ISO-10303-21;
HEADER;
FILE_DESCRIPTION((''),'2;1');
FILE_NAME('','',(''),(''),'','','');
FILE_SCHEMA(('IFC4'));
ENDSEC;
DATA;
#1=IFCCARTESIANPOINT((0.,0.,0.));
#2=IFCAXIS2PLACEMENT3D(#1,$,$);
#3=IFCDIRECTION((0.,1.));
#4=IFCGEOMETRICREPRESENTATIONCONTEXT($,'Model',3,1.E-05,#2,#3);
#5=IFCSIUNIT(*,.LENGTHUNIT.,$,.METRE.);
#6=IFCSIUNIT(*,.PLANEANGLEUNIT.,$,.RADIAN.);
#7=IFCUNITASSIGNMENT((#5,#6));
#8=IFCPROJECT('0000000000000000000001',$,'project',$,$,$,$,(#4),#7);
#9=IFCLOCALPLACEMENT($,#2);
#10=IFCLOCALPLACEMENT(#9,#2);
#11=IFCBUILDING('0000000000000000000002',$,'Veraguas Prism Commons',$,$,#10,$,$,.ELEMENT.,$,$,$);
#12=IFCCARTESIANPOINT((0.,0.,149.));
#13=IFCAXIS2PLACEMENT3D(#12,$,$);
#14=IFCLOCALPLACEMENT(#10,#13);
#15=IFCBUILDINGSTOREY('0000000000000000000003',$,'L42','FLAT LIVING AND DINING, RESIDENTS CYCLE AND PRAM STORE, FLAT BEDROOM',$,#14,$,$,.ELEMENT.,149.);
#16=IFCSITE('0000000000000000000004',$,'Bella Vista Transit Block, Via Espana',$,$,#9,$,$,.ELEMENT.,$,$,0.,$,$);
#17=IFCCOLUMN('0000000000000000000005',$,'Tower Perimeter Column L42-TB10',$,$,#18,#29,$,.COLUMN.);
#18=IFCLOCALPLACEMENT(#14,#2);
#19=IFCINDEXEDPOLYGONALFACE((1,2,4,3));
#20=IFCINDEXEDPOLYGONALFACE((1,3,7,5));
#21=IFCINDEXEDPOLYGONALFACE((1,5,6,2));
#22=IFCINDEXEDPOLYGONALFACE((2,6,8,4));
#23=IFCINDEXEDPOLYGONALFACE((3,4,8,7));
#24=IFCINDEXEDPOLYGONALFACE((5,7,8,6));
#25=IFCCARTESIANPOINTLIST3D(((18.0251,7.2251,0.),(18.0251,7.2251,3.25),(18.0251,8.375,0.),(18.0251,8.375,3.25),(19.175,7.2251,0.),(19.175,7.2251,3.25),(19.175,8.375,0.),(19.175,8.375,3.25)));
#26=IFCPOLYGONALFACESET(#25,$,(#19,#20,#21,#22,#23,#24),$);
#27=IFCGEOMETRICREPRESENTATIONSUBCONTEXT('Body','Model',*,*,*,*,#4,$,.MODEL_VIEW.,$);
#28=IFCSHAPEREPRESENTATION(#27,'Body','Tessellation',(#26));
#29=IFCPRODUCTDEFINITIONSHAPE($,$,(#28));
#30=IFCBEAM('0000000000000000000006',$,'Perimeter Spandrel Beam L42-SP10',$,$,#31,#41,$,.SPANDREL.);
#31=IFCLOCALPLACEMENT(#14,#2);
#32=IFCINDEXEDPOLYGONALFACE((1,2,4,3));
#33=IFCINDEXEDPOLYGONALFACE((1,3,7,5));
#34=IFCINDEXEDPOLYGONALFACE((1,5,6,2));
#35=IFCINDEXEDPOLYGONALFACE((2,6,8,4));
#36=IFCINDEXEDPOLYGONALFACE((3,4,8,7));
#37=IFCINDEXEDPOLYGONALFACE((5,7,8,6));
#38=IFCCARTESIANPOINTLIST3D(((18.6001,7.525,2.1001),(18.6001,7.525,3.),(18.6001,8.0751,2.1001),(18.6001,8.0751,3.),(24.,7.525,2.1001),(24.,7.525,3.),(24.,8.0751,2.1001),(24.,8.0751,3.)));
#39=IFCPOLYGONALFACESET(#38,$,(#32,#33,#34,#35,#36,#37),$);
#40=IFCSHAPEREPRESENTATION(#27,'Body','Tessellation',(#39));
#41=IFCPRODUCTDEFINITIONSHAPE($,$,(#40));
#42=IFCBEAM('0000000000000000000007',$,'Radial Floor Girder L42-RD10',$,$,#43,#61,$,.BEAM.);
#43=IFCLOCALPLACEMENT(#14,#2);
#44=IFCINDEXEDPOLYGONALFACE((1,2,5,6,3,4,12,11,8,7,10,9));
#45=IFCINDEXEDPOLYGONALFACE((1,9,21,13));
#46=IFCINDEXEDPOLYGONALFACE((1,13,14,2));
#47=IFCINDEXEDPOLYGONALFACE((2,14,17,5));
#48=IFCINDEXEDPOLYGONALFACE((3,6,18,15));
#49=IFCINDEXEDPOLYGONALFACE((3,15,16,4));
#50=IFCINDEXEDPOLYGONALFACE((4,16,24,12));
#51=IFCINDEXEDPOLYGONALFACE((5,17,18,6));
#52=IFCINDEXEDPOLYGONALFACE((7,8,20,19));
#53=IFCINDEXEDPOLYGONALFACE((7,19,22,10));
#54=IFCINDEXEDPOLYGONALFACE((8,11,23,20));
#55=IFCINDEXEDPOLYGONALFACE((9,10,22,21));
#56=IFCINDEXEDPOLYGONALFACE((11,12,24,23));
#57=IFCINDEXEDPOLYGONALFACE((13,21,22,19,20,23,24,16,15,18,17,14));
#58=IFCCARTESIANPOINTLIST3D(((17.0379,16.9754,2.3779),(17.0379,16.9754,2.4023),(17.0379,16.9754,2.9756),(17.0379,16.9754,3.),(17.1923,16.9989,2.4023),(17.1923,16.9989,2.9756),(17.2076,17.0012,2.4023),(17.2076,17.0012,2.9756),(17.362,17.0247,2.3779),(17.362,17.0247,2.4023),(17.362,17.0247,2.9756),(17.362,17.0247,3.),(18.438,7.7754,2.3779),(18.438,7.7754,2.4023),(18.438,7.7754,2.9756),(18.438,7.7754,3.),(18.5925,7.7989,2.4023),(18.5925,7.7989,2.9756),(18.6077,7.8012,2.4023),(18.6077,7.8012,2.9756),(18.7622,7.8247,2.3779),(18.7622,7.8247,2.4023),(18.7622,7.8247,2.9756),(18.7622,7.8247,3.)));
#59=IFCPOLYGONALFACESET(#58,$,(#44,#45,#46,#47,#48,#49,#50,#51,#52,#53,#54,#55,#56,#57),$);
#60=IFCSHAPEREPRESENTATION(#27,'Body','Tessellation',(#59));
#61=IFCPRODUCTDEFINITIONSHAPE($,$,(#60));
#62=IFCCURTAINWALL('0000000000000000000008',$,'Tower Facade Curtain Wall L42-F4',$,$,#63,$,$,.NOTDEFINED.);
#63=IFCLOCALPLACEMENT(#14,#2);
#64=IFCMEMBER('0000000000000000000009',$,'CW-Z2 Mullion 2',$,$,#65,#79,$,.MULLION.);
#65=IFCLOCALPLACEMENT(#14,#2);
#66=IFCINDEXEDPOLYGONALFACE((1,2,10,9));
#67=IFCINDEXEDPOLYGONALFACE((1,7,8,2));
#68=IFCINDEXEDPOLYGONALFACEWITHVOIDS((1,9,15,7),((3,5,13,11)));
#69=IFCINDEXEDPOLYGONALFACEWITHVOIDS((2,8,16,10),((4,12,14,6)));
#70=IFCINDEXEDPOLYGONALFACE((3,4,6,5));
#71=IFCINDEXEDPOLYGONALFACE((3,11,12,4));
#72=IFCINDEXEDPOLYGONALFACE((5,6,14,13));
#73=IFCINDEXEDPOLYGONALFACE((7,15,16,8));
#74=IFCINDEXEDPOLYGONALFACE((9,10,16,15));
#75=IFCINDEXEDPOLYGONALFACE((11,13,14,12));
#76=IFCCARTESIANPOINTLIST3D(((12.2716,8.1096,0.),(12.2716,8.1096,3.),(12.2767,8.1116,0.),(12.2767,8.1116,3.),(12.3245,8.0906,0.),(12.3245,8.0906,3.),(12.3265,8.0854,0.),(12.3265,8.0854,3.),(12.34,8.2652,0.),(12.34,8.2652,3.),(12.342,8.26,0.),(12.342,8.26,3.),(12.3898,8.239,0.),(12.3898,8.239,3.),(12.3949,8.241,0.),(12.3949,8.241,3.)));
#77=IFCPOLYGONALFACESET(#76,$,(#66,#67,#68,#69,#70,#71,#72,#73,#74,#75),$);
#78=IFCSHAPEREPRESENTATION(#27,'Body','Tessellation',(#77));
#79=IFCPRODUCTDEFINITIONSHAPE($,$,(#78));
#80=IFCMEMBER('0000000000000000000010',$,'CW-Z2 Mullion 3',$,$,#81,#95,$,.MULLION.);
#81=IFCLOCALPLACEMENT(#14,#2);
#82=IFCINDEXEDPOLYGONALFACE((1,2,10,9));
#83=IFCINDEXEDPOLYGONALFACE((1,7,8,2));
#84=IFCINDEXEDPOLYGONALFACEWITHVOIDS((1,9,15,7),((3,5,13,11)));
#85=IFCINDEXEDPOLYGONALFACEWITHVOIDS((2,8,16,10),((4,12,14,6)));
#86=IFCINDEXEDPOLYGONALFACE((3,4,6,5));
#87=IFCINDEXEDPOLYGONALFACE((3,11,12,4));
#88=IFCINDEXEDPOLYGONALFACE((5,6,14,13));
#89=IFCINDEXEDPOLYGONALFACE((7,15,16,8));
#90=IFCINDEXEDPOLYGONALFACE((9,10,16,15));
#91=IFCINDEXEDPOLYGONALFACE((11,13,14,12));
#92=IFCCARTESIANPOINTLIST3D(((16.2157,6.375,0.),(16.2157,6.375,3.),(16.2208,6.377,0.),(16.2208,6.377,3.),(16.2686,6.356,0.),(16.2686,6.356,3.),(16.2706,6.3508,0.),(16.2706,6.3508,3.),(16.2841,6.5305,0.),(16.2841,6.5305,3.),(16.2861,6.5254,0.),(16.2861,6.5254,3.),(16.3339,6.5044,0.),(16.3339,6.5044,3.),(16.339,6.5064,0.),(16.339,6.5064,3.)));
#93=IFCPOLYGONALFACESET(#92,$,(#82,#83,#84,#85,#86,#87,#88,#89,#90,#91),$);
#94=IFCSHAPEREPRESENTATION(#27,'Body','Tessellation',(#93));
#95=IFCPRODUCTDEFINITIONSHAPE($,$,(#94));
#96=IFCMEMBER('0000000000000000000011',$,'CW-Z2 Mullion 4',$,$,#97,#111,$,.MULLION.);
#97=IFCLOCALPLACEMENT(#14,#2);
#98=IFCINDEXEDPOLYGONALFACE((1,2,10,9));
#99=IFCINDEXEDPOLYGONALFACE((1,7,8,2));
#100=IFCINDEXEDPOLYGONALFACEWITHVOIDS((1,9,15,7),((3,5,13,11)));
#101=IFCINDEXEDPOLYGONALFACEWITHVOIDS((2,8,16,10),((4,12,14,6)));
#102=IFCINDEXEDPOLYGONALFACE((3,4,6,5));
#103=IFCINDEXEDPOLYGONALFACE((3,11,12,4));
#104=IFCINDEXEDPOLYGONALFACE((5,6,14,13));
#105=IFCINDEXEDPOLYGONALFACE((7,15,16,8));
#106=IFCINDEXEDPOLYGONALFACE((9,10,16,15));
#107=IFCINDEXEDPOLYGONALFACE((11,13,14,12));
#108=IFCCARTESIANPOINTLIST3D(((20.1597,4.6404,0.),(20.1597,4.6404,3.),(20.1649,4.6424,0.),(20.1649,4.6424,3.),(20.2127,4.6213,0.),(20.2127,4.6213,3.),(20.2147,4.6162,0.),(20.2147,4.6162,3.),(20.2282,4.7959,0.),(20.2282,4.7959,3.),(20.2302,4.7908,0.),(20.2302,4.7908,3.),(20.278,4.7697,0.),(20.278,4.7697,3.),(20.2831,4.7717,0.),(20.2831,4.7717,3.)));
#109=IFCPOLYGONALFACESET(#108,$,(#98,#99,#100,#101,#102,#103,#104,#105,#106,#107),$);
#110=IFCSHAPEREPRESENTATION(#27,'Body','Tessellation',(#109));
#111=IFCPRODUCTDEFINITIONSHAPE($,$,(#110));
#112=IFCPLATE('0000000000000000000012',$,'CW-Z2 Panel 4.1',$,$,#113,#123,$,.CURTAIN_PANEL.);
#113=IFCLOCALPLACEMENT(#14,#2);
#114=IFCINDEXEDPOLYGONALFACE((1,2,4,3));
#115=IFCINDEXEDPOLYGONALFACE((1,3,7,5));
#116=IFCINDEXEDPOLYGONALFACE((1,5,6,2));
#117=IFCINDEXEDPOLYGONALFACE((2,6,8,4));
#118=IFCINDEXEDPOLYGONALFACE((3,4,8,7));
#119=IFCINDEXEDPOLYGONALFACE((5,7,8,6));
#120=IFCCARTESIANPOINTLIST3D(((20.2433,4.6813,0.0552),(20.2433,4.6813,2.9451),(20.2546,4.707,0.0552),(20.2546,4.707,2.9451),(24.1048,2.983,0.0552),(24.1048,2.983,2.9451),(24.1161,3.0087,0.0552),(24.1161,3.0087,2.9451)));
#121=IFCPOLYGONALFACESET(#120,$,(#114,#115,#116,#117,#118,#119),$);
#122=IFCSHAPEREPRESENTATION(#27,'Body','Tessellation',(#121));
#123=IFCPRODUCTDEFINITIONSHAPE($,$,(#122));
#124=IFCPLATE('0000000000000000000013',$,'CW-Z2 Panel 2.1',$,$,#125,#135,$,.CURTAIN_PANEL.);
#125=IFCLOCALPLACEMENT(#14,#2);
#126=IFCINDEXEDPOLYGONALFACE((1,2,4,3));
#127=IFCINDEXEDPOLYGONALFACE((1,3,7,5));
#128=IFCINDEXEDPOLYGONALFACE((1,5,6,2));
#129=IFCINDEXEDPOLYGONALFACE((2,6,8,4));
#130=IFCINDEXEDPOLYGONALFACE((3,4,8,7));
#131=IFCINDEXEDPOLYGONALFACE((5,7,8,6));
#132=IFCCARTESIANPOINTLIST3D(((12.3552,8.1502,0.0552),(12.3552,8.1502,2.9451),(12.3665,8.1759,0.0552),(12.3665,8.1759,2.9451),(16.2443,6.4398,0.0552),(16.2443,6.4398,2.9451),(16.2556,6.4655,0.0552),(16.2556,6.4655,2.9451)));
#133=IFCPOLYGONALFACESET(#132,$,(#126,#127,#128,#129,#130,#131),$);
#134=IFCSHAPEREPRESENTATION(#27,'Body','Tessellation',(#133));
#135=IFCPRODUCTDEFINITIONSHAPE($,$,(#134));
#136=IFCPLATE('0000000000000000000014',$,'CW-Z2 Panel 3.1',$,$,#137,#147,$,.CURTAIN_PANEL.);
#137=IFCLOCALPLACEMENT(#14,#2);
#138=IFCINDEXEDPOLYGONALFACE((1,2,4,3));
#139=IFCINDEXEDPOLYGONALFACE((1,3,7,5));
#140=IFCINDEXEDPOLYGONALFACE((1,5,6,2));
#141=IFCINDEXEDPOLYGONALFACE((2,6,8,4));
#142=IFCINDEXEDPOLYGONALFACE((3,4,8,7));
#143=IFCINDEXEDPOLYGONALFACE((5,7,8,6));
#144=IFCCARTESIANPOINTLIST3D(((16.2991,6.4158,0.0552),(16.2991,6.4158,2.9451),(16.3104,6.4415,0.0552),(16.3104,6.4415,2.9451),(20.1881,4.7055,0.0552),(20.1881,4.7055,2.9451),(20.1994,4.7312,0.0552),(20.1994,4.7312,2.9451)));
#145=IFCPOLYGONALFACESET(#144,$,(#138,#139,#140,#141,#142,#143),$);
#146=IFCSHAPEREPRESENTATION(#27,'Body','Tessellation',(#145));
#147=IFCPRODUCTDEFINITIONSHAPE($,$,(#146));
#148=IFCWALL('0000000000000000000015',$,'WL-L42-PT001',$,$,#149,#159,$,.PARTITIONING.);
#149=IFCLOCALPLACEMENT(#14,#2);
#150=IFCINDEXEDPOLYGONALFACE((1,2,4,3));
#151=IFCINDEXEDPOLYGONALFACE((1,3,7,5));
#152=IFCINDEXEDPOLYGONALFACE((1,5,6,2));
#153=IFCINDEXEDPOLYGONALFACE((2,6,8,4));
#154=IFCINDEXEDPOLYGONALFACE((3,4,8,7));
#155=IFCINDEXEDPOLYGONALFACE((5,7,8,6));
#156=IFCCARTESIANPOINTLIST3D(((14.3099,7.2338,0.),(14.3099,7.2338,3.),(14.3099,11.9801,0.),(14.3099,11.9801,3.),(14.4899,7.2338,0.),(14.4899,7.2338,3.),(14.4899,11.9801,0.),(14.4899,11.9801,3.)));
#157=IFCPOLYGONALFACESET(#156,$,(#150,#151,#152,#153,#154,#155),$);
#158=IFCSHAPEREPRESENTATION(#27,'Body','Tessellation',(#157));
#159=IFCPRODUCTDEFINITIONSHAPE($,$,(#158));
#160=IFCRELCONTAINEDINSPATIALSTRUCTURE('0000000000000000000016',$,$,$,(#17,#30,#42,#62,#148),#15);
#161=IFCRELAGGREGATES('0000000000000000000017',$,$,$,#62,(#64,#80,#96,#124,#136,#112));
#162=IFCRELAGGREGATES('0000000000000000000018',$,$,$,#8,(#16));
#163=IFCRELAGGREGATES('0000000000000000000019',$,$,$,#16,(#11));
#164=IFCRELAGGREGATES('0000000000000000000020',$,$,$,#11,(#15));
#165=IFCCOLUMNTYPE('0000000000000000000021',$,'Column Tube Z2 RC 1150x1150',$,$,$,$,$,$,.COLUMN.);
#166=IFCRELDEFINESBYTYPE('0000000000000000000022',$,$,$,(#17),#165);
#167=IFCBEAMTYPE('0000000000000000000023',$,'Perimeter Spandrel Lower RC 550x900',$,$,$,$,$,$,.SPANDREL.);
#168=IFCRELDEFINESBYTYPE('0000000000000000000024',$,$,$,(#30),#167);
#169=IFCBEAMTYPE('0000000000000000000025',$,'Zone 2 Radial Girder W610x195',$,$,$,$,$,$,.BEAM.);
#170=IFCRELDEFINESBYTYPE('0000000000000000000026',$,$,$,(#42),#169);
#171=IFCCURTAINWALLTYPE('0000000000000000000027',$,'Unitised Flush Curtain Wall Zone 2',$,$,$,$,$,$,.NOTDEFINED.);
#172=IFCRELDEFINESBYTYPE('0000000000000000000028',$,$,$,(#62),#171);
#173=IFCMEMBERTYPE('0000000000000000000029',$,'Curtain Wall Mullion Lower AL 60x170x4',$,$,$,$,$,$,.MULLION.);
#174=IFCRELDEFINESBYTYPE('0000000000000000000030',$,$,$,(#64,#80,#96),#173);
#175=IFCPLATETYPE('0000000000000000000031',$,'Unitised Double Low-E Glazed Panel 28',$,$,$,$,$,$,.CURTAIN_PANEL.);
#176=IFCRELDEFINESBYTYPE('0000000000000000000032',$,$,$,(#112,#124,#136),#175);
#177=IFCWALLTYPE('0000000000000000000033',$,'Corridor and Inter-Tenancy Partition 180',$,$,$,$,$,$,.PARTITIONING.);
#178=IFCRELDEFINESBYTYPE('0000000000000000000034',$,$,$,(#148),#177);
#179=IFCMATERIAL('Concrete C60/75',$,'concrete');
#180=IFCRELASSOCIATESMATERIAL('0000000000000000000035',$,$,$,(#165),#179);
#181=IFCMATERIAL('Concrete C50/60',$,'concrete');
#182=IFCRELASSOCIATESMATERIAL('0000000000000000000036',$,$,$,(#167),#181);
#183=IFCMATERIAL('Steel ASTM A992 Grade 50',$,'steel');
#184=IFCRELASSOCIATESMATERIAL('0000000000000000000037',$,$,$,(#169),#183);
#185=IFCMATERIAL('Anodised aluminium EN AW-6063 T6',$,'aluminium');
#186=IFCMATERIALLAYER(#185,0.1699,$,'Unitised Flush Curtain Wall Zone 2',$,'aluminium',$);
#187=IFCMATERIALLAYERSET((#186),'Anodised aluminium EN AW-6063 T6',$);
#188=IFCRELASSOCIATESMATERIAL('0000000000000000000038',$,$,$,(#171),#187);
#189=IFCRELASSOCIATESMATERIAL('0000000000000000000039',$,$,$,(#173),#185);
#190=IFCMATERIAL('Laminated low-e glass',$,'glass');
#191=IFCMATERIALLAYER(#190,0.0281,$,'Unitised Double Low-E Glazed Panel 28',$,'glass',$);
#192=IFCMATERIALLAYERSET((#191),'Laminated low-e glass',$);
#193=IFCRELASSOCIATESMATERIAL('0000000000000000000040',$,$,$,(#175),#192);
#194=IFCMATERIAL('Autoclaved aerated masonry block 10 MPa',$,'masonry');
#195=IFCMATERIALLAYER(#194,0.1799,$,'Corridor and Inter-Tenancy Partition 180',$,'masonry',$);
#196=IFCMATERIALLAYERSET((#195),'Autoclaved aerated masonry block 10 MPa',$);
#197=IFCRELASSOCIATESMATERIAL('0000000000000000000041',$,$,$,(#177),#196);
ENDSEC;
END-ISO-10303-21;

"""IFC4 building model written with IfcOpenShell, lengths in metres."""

from ifc_helpers import new_model, si_unit, direction, frame, frame_2d, origin, origin_2d, place, context, subcontext, project, spatial, rectangle, hollow_rectangle, i_section, extrude, source, transform, mapped, material, layer, layer_set, material_profile, profile_set, type_object, element, aggregate, save


model = new_model("IFC4")

# Units and contexts
model_context = context("Model", 3, precision=1e-05, world=origin(), true_north=direction((0.0, 1.0)))
body_context = subcontext(model_context, "Body", "Model", "MODEL_VIEW")
ifc_project = project(units=[si_unit("LENGTHUNIT", "METRE"), si_unit("PLANEANGLEUNIT", "RADIAN")], contexts=[model_context])

# Site, building, storey
site_placement = place(None, origin())
site = spatial("IfcSite", under=ifc_project, at=site_placement, Name="Bella Vista Transit Block, Via Espana", CompositionType="ELEMENT", RefElevation=0.0)
building_placement = place(site_placement, origin())
building = spatial("IfcBuilding", under=site, at=building_placement, Name="Veraguas Prism Commons", CompositionType="ELEMENT")
storey_placement = place(building_placement, frame((0.0, 0.0, 149.0)))
storey = spatial("IfcBuildingStorey", under=building, at=storey_placement, Name="L42", Description="FLAT LIVING AND DINING, RESIDENTS CYCLE AND PRAM STORE, FLAT BEDROOM", CompositionType="ELEMENT", Elevation=149.0)

# Column
ifc_material_1 = material(Name="Concrete C60/75", Category="concrete")
ifc_material_profile_1 = material_profile(ifc_material_1, rectangle(XDim=1.1499, YDim=1.1499, at=origin_2d()), Name="RC1150X1150")
ifc_profile_set_1 = profile_set([ifc_material_profile_1], Name="Concrete C60/75")
column_type = type_object("IfcColumnType", Name="Column Tube Z2 RC 1150x1150", PredefinedType="COLUMN", material=ifc_profile_set_1)
column_placement = place(storey_placement, frame((18.6001, 7.8, 0.0), z_axis=(0.0, 0.0, 1.0), x_axis=(1.0, 0.0, 0.0)))
element("IfcColumn", 1, at=column_placement, inside=storey, type_object=column_type, Name="Tower Perimeter Column L42-TB10", PredefinedType="COLUMN", context=body_context, shape_type="SweptSolid", body=[
    extrude(rectangle(XDim=1.1499, YDim=1.1499, at=origin_2d()), origin(), (0.0, 0.0, 1.0), 3.25),
])

# Beams
ifc_material_2 = material(Name="Concrete C50/60", Category="concrete")
ifc_material_profile_2 = material_profile(ifc_material_2, rectangle(XDim=0.55, YDim=0.8999, at=origin_2d()), Name="RC550X900")
ifc_profile_set_2 = profile_set([ifc_material_profile_2], Name="Concrete C50/60")
beam_type_1 = type_object("IfcBeamType", Name="Perimeter Spandrel Lower RC 550x900", PredefinedType="SPANDREL", material=ifc_profile_set_2)
beam_1_placement = place(storey_placement, frame((18.6001, 7.8, 2.55), z_axis=(1.0, 0.0, 0.0), x_axis=(0.0, 1.0, 0.0)))
element("IfcBeam", 2, at=beam_1_placement, inside=storey, type_object=beam_type_1, Name="Perimeter Spandrel Beam L42-SP10", PredefinedType="SPANDREL", context=body_context, shape_type="SweptSolid", body=[
    extrude(rectangle(XDim=0.55, YDim=0.8999, at=origin_2d()), origin(), (0.0, 0.0, 1.0), 5.3999),
])
ifc_material_3 = material(Name="Steel ASTM A992 Grade 50", Category="steel")
ifc_material_profile_3 = material_profile(ifc_material_3, i_section(OverallWidth=0.3279, OverallDepth=0.6221, WebThickness=0.0154, FlangeThickness=0.0244, at=origin_2d()), Name="W610X195")
ifc_profile_set_3 = profile_set([ifc_material_profile_3], Name="Steel ASTM A992 Grade 50")
beam_type_2 = type_object("IfcBeamType", Name="Zone 2 Radial Girder W610x195", PredefinedType="BEAM", material=ifc_profile_set_3)
beam_2_placement = place(storey_placement, frame((18.6001, 7.8, 2.689), z_axis=(-0.150458, 0.988616, 0.0), x_axis=(-0.988616, -0.150458, 0.0)))
element("IfcBeam", 3, at=beam_2_placement, inside=storey, type_object=beam_type_2, Name="Radial Floor Girder L42-RD10", PredefinedType="BEAM", context=body_context, shape_type="SweptSolid", body=[
    extrude(i_section(OverallWidth=0.3279, OverallDepth=0.6221, WebThickness=0.0154, FlangeThickness=0.0244, at=origin_2d()), origin(), (0.0, 0.0, 1.0), 9.3059),
])

# Curtain wall, members, plates
ifc_material_4 = material(Name="Anodised aluminium EN AW-6063 T6", Category="aluminium")
ifc_layer_1 = layer(ifc_material_4, 0.1699, Name="Unitised Flush Curtain Wall Zone 2", Category="aluminium")
ifc_layer_set_1 = layer_set([ifc_layer_1], Name="Anodised aluminium EN AW-6063 T6")
curtain_wall_type = type_object("IfcCurtainWallType", Name="Unitised Flush Curtain Wall Zone 2", PredefinedType="NOTDEFINED", material=ifc_layer_set_1)
curtain_wall_placement = place(storey_placement, origin())
curtain_wall = element("IfcCurtainWall", 4, at=curtain_wall_placement, inside=storey, type_object=curtain_wall_type, Name="Tower Facade Curtain Wall L42-F4", PredefinedType="NOTDEFINED")
ifc_material_profile_4 = material_profile(ifc_material_4, hollow_rectangle(XDim=0.0601, YDim=0.1699, WallThickness=0.0039, at=origin_2d()), Name="AL60X170X4")
ifc_profile_set_4 = profile_set([ifc_material_profile_4], Name="Anodised aluminium EN AW-6063 T6")
member_type = type_object("IfcMemberType", Name="Curtain Wall Mullion Lower AL 60x170x4", PredefinedType="MULLION", material=ifc_profile_set_4)
shared_shape_1 = source(origin(), body_context, "Body", "SweptSolid", [
    extrude(hollow_rectangle(XDim=0.0601, YDim=0.1699, WallThickness=0.0039, at=origin_2d()), origin(), (0.0, 0.0, 1.0), 3.0),
])
member_1_placement = place(storey_placement, frame((12.3333, 8.1753, 0.0), z_axis=(0.0, 0.0, 1.0), x_axis=(0.915385, -0.402579, 0.0)))
member_1 = element("IfcMember", 5, at=member_1_placement, type_object=member_type, Name="CW-Z2 Mullion 2", PredefinedType="MULLION", context=body_context, shape_type="MappedRepresentation", body=[
    mapped(shared_shape_1, transform((0.0, 0.0, 0.0), scale=1.0)),
])
member_2_placement = place(storey_placement, frame((16.2773, 6.4407, 0.0), z_axis=(0.0, 0.0, 1.0), x_axis=(0.915385, -0.402579, 0.0)))
member_2 = element("IfcMember", 6, at=member_2_placement, type_object=member_type, Name="CW-Z2 Mullion 3", PredefinedType="MULLION", context=body_context, shape_type="MappedRepresentation", body=[
    mapped(shared_shape_1, transform((0.0, 0.0, 0.0), scale=1.0)),
])
member_3_placement = place(storey_placement, frame((20.2214, 4.7061, 0.0), z_axis=(0.0, 0.0, 1.0), x_axis=(0.915385, -0.402579, 0.0)))
member_3 = element("IfcMember", 7, at=member_3_placement, type_object=member_type, Name="CW-Z2 Mullion 4", PredefinedType="MULLION", context=body_context, shape_type="MappedRepresentation", body=[
    mapped(shared_shape_1, transform((0.0, 0.0, 0.0), scale=1.0)),
])
ifc_material_5 = material(Name="Laminated low-e glass", Category="glass")
ifc_layer_2 = layer(ifc_material_5, 0.0281, Name="Unitised Double Low-E Glazed Panel 28", Category="glass")
ifc_layer_set_2 = layer_set([ifc_layer_2], Name="Laminated low-e glass")
plate_type = type_object("IfcPlateType", Name="Unitised Double Low-E Glazed Panel 28", PredefinedType="CURTAIN_PANEL", material=ifc_layer_set_2)
shared_shape_2 = source(origin(), body_context, "Body", "SweptSolid", [
    extrude(rectangle(XDim=4.2185, YDim=0.0281, at=origin_2d()), origin(), (0.0, 0.0, 1.0), 2.8899),
])
plate_1_placement = place(storey_placement, frame((22.1797, 3.845, 0.0552), z_axis=(0.0, 0.0, 1.0), x_axis=(0.915385, -0.402579, 0.0)))
plate_1 = element("IfcPlate", 8, at=plate_1_placement, type_object=plate_type, Name="CW-Z2 Panel 4.1", PredefinedType="CURTAIN_PANEL", context=body_context, shape_type="MappedRepresentation", body=[
    mapped(shared_shape_2, transform((0.0, 0.0, 0.0), scale=1.0)),
])
shared_shape_3 = source(origin(), body_context, "Body", "SweptSolid", [
    extrude(rectangle(XDim=4.2485, YDim=0.0281, at=origin_2d()), origin(), (0.0, 0.0, 1.0), 2.8899),
])
plate_2_placement = place(storey_placement, frame((14.3054, 7.3079, 0.0552), z_axis=(0.0, 0.0, 1.0), x_axis=(0.915385, -0.402579, 0.0)))
plate_2 = element("IfcPlate", 9, at=plate_2_placement, type_object=plate_type, Name="CW-Z2 Panel 2.1", PredefinedType="CURTAIN_PANEL", context=body_context, shape_type="MappedRepresentation", body=[
    mapped(shared_shape_3, transform((0.0, 0.0, 0.0), scale=1.0)),
])
plate_3_placement = place(storey_placement, frame((18.2493, 5.5735, 0.0552), z_axis=(0.0, 0.0, 1.0), x_axis=(0.915385, -0.402579, 0.0)))
plate_3 = element("IfcPlate", 10, at=plate_3_placement, type_object=plate_type, Name="CW-Z2 Panel 3.1", PredefinedType="CURTAIN_PANEL", context=body_context, shape_type="MappedRepresentation", body=[
    mapped(shared_shape_3, transform((0.0, 0.0, 0.0), scale=1.0)),
])
aggregate(curtain_wall, [member_1, member_2, member_3, plate_2, plate_3, plate_1])

# Wall
ifc_material_6 = material(Name="Autoclaved aerated masonry block 10 MPa", Category="masonry")
ifc_layer_3 = layer(ifc_material_6, 0.1799, Name="Corridor and Inter-Tenancy Partition 180", Category="masonry")
ifc_layer_set_3 = layer_set([ifc_layer_3], Name="Autoclaved aerated masonry block 10 MPa")
wall_type_1 = type_object("IfcWallType", Name="Corridor and Inter-Tenancy Partition 180", PredefinedType="PARTITIONING", material=ifc_layer_set_3)
wall_1_placement = place(storey_placement, frame((14.3999, 11.98, 0.0), z_axis=(0.0, 0.0, 1.0), x_axis=(0.0, -1.0, 0.0)))
element("IfcWall", 11, at=wall_1_placement, inside=storey, type_object=wall_type_1, Name="WL-L42-PT001", PredefinedType="PARTITIONING", context=body_context, shape_type="SweptSolid", body=[
    extrude(rectangle(XDim=4.7463, YDim=0.1799, at=frame_2d((2.373, 0.0))), origin(), (0.0, 0.0, 1.0), 3.0),
])

save(model, "model.ifc")
